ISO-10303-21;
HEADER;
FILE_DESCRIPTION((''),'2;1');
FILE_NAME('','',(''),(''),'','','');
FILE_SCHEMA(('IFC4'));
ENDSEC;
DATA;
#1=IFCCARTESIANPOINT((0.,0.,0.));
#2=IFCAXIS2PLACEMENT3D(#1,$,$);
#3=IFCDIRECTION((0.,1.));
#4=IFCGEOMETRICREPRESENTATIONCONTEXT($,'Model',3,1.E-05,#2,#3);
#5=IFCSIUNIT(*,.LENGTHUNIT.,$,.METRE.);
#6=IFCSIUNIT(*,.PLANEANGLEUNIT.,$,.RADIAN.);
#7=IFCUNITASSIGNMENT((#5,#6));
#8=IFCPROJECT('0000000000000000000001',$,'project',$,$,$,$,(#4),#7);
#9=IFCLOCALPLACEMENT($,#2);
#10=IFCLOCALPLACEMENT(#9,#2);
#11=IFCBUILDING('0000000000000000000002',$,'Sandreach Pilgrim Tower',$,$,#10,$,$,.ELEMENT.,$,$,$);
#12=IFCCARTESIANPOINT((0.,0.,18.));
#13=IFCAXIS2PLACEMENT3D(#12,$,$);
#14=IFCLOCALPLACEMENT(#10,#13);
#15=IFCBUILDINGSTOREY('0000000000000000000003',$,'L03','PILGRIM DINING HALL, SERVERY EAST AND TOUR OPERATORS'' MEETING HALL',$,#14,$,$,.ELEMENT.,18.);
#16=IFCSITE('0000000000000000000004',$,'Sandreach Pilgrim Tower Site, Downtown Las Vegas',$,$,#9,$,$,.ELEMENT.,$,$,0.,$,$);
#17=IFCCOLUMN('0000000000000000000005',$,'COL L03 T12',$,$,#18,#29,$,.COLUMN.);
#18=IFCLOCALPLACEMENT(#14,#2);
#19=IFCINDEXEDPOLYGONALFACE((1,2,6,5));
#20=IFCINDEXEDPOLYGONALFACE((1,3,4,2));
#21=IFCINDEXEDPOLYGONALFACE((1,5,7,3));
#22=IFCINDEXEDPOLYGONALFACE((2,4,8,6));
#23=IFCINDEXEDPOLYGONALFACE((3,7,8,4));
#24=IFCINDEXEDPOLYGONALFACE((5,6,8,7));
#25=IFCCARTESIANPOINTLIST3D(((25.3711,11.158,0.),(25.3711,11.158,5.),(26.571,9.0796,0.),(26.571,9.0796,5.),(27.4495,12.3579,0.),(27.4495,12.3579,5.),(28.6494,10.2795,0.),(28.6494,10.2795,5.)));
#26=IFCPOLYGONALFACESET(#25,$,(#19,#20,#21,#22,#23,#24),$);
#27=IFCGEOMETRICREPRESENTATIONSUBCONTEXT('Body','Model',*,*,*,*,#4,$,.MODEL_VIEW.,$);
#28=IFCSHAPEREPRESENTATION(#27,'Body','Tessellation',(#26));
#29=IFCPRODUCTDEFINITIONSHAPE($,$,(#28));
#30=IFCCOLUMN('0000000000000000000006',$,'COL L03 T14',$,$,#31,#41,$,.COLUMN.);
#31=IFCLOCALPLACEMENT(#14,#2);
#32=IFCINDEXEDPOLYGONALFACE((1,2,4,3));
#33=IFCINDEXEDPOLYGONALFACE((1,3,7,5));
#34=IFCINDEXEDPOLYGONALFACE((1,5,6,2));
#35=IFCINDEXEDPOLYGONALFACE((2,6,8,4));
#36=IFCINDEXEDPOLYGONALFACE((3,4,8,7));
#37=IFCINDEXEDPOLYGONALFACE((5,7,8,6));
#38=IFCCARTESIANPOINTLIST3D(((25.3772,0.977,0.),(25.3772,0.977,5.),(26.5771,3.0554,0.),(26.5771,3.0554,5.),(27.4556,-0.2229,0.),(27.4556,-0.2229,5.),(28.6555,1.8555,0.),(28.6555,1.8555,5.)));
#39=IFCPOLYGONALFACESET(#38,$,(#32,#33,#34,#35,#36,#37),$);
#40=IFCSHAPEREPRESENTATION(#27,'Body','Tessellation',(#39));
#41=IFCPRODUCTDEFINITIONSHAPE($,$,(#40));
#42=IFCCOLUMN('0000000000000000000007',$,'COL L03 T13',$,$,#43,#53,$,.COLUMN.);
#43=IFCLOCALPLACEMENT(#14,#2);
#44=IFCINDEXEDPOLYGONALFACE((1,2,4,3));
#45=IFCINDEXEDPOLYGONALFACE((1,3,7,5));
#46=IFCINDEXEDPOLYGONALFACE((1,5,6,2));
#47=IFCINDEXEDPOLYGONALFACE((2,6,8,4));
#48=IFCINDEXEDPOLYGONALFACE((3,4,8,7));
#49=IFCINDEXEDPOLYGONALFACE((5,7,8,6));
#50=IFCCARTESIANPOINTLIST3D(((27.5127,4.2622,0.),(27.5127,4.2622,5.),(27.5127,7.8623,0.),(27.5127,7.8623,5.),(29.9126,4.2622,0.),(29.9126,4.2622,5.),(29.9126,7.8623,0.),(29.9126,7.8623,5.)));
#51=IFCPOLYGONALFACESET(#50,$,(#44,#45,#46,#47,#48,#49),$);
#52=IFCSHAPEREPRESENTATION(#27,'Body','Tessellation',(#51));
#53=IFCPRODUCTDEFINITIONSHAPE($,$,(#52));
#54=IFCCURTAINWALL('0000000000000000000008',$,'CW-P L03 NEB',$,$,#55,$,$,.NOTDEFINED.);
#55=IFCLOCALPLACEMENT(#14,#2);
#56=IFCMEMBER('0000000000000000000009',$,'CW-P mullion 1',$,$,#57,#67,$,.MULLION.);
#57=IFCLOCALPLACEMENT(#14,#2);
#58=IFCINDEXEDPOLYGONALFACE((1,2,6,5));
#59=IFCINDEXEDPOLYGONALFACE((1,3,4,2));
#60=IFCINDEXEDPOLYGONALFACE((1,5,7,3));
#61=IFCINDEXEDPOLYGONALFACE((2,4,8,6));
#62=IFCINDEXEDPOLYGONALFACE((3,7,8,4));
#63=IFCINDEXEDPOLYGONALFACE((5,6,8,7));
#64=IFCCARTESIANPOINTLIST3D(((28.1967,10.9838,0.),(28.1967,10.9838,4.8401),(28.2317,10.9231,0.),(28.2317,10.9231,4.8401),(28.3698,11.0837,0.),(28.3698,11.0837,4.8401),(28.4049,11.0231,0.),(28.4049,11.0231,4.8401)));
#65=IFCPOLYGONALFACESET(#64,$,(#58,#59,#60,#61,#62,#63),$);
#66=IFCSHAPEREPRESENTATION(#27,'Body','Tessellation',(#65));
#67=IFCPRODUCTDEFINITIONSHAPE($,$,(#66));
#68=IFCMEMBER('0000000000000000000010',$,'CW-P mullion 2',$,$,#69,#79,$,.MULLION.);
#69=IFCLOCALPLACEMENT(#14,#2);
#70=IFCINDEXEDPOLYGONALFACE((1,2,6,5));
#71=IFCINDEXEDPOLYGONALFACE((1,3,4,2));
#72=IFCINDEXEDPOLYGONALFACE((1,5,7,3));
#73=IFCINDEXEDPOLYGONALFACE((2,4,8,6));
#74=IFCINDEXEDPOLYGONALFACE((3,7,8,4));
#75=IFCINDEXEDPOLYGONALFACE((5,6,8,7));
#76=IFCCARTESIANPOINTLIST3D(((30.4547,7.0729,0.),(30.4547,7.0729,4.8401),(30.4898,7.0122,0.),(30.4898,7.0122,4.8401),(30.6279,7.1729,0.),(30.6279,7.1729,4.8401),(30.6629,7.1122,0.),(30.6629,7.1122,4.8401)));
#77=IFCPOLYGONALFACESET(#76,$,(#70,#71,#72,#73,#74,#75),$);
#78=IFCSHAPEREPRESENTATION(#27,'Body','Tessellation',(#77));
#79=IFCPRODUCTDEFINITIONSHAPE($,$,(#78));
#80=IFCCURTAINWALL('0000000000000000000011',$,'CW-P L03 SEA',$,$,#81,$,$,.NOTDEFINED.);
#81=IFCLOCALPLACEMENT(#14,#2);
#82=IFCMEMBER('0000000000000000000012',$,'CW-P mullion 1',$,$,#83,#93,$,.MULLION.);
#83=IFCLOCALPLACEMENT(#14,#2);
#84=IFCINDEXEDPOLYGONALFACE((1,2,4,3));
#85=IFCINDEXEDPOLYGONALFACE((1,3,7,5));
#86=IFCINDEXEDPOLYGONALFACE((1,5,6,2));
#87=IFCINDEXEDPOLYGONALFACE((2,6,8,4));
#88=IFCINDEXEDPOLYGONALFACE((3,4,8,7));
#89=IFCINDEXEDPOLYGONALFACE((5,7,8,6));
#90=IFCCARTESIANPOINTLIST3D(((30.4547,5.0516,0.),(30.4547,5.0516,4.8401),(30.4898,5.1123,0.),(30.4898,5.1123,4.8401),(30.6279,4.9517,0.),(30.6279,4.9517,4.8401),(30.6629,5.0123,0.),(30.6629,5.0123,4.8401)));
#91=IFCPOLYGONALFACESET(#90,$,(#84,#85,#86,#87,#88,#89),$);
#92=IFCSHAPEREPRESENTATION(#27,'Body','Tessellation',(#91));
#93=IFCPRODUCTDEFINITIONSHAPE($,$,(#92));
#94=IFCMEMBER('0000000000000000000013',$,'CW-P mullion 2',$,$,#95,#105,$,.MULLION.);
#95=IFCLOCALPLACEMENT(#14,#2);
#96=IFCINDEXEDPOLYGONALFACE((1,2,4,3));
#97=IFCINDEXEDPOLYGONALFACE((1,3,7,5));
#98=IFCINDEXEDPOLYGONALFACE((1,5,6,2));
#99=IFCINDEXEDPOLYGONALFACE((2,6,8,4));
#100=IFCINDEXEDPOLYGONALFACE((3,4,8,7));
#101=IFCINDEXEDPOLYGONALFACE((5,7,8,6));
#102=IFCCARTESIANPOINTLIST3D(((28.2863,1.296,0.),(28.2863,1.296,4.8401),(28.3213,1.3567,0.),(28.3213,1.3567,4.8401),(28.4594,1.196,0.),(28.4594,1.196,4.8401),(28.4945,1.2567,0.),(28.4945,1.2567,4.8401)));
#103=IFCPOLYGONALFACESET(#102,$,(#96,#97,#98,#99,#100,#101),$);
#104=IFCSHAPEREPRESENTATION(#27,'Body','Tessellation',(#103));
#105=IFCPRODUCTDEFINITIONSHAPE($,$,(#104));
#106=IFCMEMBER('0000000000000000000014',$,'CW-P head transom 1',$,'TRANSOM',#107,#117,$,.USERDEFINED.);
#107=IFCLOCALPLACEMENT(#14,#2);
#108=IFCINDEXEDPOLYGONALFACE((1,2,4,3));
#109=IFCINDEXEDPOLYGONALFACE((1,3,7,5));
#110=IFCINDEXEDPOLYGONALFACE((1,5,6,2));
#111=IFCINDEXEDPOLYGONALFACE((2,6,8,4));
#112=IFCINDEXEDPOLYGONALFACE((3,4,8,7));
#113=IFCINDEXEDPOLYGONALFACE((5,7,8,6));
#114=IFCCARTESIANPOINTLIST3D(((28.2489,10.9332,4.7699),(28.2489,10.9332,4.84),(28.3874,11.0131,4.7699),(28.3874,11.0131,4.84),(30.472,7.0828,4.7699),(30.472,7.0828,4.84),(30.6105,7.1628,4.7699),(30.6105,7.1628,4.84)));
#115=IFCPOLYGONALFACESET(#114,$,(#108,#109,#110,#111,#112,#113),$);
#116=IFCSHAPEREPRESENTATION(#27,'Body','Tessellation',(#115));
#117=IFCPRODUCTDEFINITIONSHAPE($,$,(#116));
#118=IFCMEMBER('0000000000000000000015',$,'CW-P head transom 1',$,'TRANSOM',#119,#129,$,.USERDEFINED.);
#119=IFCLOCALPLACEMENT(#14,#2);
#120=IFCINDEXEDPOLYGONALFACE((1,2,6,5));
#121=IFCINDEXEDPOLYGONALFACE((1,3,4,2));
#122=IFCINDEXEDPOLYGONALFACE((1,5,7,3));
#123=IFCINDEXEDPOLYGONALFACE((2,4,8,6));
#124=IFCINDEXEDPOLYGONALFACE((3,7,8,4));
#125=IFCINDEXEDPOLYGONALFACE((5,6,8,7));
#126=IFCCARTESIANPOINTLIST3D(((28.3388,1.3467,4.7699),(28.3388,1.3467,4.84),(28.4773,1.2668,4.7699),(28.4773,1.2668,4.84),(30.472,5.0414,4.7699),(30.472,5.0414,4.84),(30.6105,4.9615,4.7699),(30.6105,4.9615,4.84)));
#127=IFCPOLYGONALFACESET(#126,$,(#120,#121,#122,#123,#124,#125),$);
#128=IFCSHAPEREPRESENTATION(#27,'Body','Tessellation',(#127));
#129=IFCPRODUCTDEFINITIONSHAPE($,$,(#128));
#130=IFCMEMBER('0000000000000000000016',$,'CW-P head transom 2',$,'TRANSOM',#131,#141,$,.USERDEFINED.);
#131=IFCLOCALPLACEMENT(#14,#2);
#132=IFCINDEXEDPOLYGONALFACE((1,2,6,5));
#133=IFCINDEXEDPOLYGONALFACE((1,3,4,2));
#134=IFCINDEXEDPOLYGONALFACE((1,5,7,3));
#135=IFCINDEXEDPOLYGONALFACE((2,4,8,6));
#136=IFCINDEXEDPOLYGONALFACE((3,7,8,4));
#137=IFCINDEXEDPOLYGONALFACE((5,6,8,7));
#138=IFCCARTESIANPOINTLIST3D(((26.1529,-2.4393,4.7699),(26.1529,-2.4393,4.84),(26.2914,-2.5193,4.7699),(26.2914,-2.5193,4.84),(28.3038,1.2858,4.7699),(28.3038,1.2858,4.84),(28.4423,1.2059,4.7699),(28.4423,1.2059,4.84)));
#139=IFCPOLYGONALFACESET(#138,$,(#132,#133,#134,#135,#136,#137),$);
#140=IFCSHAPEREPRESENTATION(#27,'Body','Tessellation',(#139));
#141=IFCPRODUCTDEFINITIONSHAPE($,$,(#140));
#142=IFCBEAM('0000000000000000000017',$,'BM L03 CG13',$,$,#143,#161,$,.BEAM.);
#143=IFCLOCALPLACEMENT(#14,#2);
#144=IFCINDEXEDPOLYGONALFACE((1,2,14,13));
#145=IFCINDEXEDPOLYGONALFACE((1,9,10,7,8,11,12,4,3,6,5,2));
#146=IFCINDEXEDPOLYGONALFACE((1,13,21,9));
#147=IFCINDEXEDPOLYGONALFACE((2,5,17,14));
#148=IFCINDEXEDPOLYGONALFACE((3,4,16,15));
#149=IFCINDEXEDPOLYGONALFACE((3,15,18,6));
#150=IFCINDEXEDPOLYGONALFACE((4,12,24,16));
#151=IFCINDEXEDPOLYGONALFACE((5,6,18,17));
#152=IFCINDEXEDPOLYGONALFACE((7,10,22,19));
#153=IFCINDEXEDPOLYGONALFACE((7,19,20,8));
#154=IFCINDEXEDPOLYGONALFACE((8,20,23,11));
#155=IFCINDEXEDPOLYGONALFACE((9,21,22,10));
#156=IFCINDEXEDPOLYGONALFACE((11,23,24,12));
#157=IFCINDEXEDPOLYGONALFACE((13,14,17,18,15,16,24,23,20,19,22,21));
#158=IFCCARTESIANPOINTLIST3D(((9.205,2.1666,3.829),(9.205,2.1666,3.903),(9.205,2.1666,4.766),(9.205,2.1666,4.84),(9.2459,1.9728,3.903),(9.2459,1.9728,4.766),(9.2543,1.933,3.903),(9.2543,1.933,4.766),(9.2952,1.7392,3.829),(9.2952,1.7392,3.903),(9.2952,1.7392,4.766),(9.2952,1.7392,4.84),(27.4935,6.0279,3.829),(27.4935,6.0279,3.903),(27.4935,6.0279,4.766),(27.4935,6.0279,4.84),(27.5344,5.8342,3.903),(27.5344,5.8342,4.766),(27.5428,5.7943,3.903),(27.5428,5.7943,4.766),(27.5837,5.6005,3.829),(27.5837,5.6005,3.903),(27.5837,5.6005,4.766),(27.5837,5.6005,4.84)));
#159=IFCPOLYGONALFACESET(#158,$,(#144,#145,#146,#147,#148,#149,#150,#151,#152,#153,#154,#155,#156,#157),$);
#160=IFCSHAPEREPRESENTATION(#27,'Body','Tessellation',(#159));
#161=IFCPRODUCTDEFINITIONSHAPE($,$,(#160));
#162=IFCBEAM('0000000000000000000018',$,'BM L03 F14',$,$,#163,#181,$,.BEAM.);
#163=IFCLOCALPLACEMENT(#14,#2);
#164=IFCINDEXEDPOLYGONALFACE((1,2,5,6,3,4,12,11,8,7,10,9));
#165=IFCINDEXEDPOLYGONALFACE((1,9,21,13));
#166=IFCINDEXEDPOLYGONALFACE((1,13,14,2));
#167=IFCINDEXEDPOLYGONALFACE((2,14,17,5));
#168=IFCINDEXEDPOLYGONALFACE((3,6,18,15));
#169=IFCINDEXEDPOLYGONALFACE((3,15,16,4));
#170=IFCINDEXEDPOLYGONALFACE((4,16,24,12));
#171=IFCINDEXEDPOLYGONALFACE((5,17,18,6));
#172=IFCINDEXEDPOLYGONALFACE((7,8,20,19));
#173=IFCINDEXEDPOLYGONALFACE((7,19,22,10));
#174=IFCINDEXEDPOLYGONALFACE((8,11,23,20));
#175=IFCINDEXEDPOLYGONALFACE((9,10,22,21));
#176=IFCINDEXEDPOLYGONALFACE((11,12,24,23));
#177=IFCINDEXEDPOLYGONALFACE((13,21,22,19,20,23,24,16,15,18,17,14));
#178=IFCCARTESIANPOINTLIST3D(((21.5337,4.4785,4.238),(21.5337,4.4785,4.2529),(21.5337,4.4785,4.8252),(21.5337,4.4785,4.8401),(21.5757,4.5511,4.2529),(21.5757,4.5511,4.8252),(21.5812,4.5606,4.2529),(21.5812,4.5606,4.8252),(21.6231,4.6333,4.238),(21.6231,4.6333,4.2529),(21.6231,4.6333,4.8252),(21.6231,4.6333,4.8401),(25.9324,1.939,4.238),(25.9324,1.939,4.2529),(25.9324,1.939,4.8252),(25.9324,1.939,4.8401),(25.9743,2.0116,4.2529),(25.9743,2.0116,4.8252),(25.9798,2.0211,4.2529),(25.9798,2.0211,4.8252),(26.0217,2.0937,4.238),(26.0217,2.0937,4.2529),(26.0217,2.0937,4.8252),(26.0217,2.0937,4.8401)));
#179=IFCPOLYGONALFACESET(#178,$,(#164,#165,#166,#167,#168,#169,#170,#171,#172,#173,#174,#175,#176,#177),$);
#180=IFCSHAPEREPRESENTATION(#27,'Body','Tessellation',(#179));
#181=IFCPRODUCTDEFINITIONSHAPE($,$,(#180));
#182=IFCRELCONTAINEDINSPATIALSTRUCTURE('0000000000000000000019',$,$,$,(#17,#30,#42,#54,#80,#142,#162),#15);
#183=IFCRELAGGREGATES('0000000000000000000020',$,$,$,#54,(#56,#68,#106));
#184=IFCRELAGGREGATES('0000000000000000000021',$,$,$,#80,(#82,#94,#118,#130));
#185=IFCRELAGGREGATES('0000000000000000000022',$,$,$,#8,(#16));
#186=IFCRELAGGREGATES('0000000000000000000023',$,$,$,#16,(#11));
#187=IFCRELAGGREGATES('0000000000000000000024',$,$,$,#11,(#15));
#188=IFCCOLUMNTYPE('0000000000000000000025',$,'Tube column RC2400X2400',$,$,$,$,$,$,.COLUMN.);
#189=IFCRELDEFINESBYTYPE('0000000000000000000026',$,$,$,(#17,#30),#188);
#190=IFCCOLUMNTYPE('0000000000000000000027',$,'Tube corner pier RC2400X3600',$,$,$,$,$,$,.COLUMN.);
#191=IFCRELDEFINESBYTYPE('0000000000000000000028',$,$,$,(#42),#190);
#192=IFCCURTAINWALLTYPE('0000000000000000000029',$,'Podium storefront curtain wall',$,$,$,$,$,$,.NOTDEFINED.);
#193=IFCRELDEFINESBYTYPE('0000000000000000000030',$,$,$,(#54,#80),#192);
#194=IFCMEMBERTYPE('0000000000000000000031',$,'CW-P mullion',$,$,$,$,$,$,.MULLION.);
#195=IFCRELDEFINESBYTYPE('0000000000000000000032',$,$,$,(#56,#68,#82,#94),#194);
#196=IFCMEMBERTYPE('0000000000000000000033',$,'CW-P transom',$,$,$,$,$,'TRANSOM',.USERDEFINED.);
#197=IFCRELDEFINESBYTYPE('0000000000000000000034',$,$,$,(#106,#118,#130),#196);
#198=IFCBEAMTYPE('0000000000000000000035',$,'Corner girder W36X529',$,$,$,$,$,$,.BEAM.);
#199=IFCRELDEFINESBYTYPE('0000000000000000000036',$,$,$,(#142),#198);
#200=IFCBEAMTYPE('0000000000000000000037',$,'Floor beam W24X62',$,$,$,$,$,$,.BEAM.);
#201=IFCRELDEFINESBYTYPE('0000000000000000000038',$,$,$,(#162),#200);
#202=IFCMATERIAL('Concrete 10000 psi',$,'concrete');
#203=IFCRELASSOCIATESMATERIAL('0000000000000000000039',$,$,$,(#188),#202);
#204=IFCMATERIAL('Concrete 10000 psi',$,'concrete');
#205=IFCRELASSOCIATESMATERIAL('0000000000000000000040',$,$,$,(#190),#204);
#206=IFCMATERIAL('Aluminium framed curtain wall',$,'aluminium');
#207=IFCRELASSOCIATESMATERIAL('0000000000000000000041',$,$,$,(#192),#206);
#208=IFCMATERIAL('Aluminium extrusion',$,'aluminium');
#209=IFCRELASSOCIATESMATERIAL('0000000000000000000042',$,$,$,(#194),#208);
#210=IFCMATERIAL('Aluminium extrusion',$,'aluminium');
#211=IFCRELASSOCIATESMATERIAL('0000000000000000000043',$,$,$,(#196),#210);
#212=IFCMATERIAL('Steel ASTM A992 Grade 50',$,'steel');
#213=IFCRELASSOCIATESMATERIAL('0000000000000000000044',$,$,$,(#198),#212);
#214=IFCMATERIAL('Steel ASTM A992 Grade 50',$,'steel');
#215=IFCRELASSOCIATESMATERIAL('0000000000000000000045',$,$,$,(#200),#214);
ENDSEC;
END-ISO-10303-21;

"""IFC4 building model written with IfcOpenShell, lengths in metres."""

from ifc_helpers import new_model, si_unit, direction, frame, origin, origin_2d, place, context, subcontext, project, spatial, rectangle, i_section, extrude, material, material_profile, profile_set, type_object, element, aggregate, save


model = new_model("IFC4")

# Units and contexts
model_context = context("Model", 3, precision=1e-05, world=origin(), true_north=direction((0.0, 1.0)))
body_context = subcontext(model_context, "Body", "Model", "MODEL_VIEW")
ifc_project = project(units=[si_unit("LENGTHUNIT", "METRE"), si_unit("PLANEANGLEUNIT", "RADIAN")], contexts=[model_context])

# Site, building, storey
site_placement = place(None, origin())
site = spatial("IfcSite", under=ifc_project, at=site_placement, Name="Sandreach Pilgrim Tower Site, Downtown Las Vegas", CompositionType="ELEMENT", RefElevation=0.0)
building_placement = place(site_placement, origin())
building = spatial("IfcBuilding", under=site, at=building_placement, Name="Sandreach Pilgrim Tower", CompositionType="ELEMENT")
storey_placement = place(building_placement, frame((0.0, 0.0, 18.0)))
storey = spatial("IfcBuildingStorey", under=building, at=storey_placement, Name="L03", Description="PILGRIM DINING HALL, SERVERY EAST AND TOUR OPERATORS' MEETING HALL", CompositionType="ELEMENT", Elevation=18.0)

# Columns
ifc_material_1 = material(Name="Concrete 10000 psi", Category="concrete")
ifc_material_profile_1 = material_profile(ifc_material_1, rectangle(XDim=2.3999, YDim=2.3999, at=origin_2d()), Name="RC2400X2400")
ifc_profile_set_1 = profile_set([ifc_material_profile_1], Name="Concrete 10000 psi")
column_type_1 = type_object("IfcColumnType", Name="Tube column RC2400X2400", PredefinedType="COLUMN", material=ifc_profile_set_1)
for number, where, z_axis, x_axis, name in (
    (1, (27.0103, 10.7188, 0.0), (0.0, 0.0, 1.0), (0.866025, 0.5, 0.0), "COL L03 T12"),
    (2, (27.0164, 1.4163, 0.0), (0.0, 0.0, 1.0), (0.866025, -0.5, 0.0), "COL L03 T14"),
):
    element("IfcColumn", number, at=place(storey_placement, frame(where, z_axis=z_axis, x_axis=x_axis)), inside=storey, type_object=column_type_1, Name=name, PredefinedType="COLUMN", context=body_context, shape_type="SweptSolid", body=[
        extrude(rectangle(XDim=2.3999, YDim=2.3999, at=origin_2d()), origin(), (0.0, 0.0, 1.0), 5.0),
    ])
ifc_material_2 = material(Name="Concrete 10000 psi", Category="concrete")
ifc_material_profile_2 = material_profile(ifc_material_2, rectangle(XDim=2.3999, YDim=3.6001, at=origin_2d()), Name="RC2400X3600")
ifc_profile_set_2 = profile_set([ifc_material_profile_2], Name="Concrete 10000 psi")
column_type_2 = type_object("IfcColumnType", Name="Tube corner pier RC2400X3600", PredefinedType="COLUMN", material=ifc_profile_set_2)
column_placement = place(storey_placement, frame((28.7126, 6.0623, 0.0), z_axis=(0.0, 0.0, 1.0), x_axis=(1.0, 0.0, 0.0)))
element("IfcColumn", 3, at=column_placement, inside=storey, type_object=column_type_2, Name="COL L03 T13", PredefinedType="COLUMN", context=body_context, shape_type="SweptSolid", body=[
    extrude(rectangle(XDim=2.3999, YDim=3.6001, at=origin_2d()), origin(), (0.0, 0.0, 1.0), 5.0),
])

# Curtain walls, members
ifc_material_3 = material(Name="Aluminium framed curtain wall", Category="aluminium")
curtain_wall_type = type_object("IfcCurtainWallType", Name="Podium storefront curtain wall", PredefinedType="NOTDEFINED", material=ifc_material_3)
curtain_wall_1_placement = place(storey_placement, origin())
curtain_wall_1 = element("IfcCurtainWall", 4, at=curtain_wall_1_placement, inside=storey, type_object=curtain_wall_type, Name="CW-P L03 NEB", PredefinedType="NOTDEFINED")
ifc_material_4 = material(Name="Aluminium extrusion", Category="aluminium")
ifc_material_profile_3 = material_profile(ifc_material_4, rectangle(XDim=0.0701, YDim=0.2, at=origin_2d()), Name="CW-PM 70X200")
ifc_profile_set_3 = profile_set([ifc_material_profile_3], Name="Aluminium extrusion")
member_type_1 = type_object("IfcMemberType", Name="CW-P mullion", PredefinedType="MULLION", material=ifc_profile_set_3)
member_1_placement = place(storey_placement, frame((28.3008, 11.0034, 0.0), z_axis=(0.0, 0.0, 1.0), x_axis=(0.5, -0.866025, 0.0)))
member_1 = element("IfcMember", 5, at=member_1_placement, type_object=member_type_1, Name="CW-P mullion 1", PredefinedType="MULLION", context=body_context, shape_type="SweptSolid", body=[
    extrude(rectangle(XDim=0.0701, YDim=0.2, at=origin_2d()), origin(), (0.0, 0.0, 1.0), 4.8401),
])
member_2_placement = place(storey_placement, frame((30.5588, 7.0925, 0.0), z_axis=(0.0, 0.0, 1.0), x_axis=(0.5, -0.866025, 0.0)))
member_2 = element("IfcMember", 6, at=member_2_placement, type_object=member_type_1, Name="CW-P mullion 2", PredefinedType="MULLION", context=body_context, shape_type="SweptSolid", body=[
    extrude(rectangle(XDim=0.0701, YDim=0.2, at=origin_2d()), origin(), (0.0, 0.0, 1.0), 4.8401),
])
curtain_wall_2_placement = place(storey_placement, origin())
curtain_wall_2 = element("IfcCurtainWall", 7, at=curtain_wall_2_placement, inside=storey, type_object=curtain_wall_type, Name="CW-P L03 SEA", PredefinedType="NOTDEFINED")
member_3_placement = place(storey_placement, frame((30.5588, 5.032, 0.0), z_axis=(0.0, 0.0, 1.0), x_axis=(-0.5, -0.866025, 0.0)))
member_3 = element("IfcMember", 8, at=member_3_placement, type_object=member_type_1, Name="CW-P mullion 1", PredefinedType="MULLION", context=body_context, shape_type="SweptSolid", body=[
    extrude(rectangle(XDim=0.0701, YDim=0.2, at=origin_2d()), origin(), (0.0, 0.0, 1.0), 4.8401),
])
member_4_placement = place(storey_placement, frame((28.3904, 1.2764, 0.0), z_axis=(0.0, 0.0, 1.0), x_axis=(-0.5, -0.866025, 0.0)))
member_4 = element("IfcMember", 9, at=member_4_placement, type_object=member_type_1, Name="CW-P mullion 2", PredefinedType="MULLION", context=body_context, shape_type="SweptSolid", body=[
    extrude(rectangle(XDim=0.0701, YDim=0.2, at=origin_2d()), origin(), (0.0, 0.0, 1.0), 4.8401),
])

# Members
ifc_material_5 = material(Name="Aluminium extrusion", Category="aluminium")
ifc_material_profile_4 = material_profile(ifc_material_5, rectangle(XDim=0.1599, YDim=0.0701, at=origin_2d()), Name="CW-PT 160X70")
ifc_profile_set_4 = profile_set([ifc_material_profile_4], Name="Aluminium extrusion")
member_type_2 = type_object("IfcMemberType", Name="CW-P transom", ElementType="TRANSOM", PredefinedType="USERDEFINED", material=ifc_profile_set_4)
member_5_placement = place(storey_placement, frame((28.3181, 10.9731, 4.8049), z_axis=(0.500025, -0.866011, 0.0), x_axis=(0.866011, 0.500025, 0.0)))
member_5 = element("IfcMember", 10, at=member_5_placement, type_object=member_type_2, Name="CW-P head transom 1", ObjectType="TRANSOM", PredefinedType="USERDEFINED", context=body_context, shape_type="SweptSolid", body=[
    extrude(rectangle(XDim=0.1599, YDim=0.0701, at=origin_2d()), origin(), (0.0, 0.0, 1.0), 4.446),
])
member_6_placement = place(storey_placement, frame((30.5413, 5.0015, 4.8049), z_axis=(-0.500016, -0.866016, 0.0), x_axis=(0.866016, -0.500016, 0.0)))
member_6 = element("IfcMember", 11, at=member_6_placement, type_object=member_type_2, Name="CW-P head transom 1", ObjectType="TRANSOM", PredefinedType="USERDEFINED", context=body_context, shape_type="SweptSolid", body=[
    extrude(rectangle(XDim=0.1599, YDim=0.0701, at=origin_2d()), origin(), (0.0, 0.0, 1.0), 4.2664),
])
member_7_placement = place(storey_placement, frame((28.373, 1.2458, 4.8049), z_axis=(-0.500034, -0.866006, 0.0), x_axis=(0.866006, -0.500034, 0.0)))
member_7 = element("IfcMember", 12, at=member_7_placement, type_object=member_type_2, Name="CW-P head transom 2", ObjectType="TRANSOM", PredefinedType="USERDEFINED", context=body_context, shape_type="SweptSolid", body=[
    extrude(rectangle(XDim=0.1599, YDim=0.0701, at=origin_2d()), origin(), (0.0, 0.0, 1.0), 4.3015),
])

# Beams
ifc_material_6 = material(Name="Steel ASTM A992 Grade 50", Category="steel")
ifc_material_profile_5 = material_profile(ifc_material_6, i_section(OverallWidth=0.4368, OverallDepth=1.011, WebThickness=0.0408, FlangeThickness=0.074, at=origin_2d()), Name="W36X529")
ifc_profile_set_5 = profile_set([ifc_material_profile_5], Name="Steel ASTM A992 Grade 50")
beam_type_1 = type_object("IfcBeamType", Name="Corner girder W36X529", PredefinedType="BEAM", material=ifc_profile_set_5)
beam_1_placement = place(storey_placement, frame((27.5386, 5.8142, 4.3345), z_axis=(-0.97843, -0.206579, 0.0), x_axis=(0.206579, -0.97843, 0.0)))
element("IfcBeam", 13, at=beam_1_placement, inside=storey, type_object=beam_type_1, Name="BM L03 CG13", PredefinedType="BEAM", context=body_context, shape_type="SweptSolid", body=[
    extrude(i_section(OverallWidth=0.4368, OverallDepth=1.011, WebThickness=0.0408, FlangeThickness=0.074, at=origin_2d()), origin(), (0.0, 0.0, 1.0), 18.6917),
])
ifc_material_7 = material(Name="Steel ASTM A992 Grade 50", Category="steel")
ifc_material_profile_6 = material_profile(ifc_material_7, i_section(OverallWidth=0.1787, OverallDepth=0.6021, WebThickness=0.011, FlangeThickness=0.0149, at=origin_2d()), Name="W24X62")
ifc_profile_set_6 = profile_set([ifc_material_profile_6], Name="Steel ASTM A992 Grade 50")
beam_type_2 = type_object("IfcBeamType", Name="Floor beam W24X62", PredefinedType="BEAM", material=ifc_profile_set_6)
beam_2_placement = place(storey_placement, frame((25.9771, 2.0164, 4.5391), z_axis=(-0.866028, 0.499996, 0.0), x_axis=(-0.499996, -0.866028, 0.0)))
element("IfcBeam", 14, at=beam_2_placement, inside=storey, type_object=beam_type_2, Name="BM L03 F14", PredefinedType="BEAM", context=body_context, shape_type="SweptSolid", body=[
    extrude(i_section(OverallWidth=0.1787, OverallDepth=0.6021, WebThickness=0.011, FlangeThickness=0.0149, at=origin_2d()), origin(), (0.0, 0.0, 1.0), 5.0791),
])

aggregate(curtain_wall_1, [member_1, member_2, member_5])
aggregate(curtain_wall_2, [member_3, member_4, member_6, member_7])

save(model, "model.ifc")
